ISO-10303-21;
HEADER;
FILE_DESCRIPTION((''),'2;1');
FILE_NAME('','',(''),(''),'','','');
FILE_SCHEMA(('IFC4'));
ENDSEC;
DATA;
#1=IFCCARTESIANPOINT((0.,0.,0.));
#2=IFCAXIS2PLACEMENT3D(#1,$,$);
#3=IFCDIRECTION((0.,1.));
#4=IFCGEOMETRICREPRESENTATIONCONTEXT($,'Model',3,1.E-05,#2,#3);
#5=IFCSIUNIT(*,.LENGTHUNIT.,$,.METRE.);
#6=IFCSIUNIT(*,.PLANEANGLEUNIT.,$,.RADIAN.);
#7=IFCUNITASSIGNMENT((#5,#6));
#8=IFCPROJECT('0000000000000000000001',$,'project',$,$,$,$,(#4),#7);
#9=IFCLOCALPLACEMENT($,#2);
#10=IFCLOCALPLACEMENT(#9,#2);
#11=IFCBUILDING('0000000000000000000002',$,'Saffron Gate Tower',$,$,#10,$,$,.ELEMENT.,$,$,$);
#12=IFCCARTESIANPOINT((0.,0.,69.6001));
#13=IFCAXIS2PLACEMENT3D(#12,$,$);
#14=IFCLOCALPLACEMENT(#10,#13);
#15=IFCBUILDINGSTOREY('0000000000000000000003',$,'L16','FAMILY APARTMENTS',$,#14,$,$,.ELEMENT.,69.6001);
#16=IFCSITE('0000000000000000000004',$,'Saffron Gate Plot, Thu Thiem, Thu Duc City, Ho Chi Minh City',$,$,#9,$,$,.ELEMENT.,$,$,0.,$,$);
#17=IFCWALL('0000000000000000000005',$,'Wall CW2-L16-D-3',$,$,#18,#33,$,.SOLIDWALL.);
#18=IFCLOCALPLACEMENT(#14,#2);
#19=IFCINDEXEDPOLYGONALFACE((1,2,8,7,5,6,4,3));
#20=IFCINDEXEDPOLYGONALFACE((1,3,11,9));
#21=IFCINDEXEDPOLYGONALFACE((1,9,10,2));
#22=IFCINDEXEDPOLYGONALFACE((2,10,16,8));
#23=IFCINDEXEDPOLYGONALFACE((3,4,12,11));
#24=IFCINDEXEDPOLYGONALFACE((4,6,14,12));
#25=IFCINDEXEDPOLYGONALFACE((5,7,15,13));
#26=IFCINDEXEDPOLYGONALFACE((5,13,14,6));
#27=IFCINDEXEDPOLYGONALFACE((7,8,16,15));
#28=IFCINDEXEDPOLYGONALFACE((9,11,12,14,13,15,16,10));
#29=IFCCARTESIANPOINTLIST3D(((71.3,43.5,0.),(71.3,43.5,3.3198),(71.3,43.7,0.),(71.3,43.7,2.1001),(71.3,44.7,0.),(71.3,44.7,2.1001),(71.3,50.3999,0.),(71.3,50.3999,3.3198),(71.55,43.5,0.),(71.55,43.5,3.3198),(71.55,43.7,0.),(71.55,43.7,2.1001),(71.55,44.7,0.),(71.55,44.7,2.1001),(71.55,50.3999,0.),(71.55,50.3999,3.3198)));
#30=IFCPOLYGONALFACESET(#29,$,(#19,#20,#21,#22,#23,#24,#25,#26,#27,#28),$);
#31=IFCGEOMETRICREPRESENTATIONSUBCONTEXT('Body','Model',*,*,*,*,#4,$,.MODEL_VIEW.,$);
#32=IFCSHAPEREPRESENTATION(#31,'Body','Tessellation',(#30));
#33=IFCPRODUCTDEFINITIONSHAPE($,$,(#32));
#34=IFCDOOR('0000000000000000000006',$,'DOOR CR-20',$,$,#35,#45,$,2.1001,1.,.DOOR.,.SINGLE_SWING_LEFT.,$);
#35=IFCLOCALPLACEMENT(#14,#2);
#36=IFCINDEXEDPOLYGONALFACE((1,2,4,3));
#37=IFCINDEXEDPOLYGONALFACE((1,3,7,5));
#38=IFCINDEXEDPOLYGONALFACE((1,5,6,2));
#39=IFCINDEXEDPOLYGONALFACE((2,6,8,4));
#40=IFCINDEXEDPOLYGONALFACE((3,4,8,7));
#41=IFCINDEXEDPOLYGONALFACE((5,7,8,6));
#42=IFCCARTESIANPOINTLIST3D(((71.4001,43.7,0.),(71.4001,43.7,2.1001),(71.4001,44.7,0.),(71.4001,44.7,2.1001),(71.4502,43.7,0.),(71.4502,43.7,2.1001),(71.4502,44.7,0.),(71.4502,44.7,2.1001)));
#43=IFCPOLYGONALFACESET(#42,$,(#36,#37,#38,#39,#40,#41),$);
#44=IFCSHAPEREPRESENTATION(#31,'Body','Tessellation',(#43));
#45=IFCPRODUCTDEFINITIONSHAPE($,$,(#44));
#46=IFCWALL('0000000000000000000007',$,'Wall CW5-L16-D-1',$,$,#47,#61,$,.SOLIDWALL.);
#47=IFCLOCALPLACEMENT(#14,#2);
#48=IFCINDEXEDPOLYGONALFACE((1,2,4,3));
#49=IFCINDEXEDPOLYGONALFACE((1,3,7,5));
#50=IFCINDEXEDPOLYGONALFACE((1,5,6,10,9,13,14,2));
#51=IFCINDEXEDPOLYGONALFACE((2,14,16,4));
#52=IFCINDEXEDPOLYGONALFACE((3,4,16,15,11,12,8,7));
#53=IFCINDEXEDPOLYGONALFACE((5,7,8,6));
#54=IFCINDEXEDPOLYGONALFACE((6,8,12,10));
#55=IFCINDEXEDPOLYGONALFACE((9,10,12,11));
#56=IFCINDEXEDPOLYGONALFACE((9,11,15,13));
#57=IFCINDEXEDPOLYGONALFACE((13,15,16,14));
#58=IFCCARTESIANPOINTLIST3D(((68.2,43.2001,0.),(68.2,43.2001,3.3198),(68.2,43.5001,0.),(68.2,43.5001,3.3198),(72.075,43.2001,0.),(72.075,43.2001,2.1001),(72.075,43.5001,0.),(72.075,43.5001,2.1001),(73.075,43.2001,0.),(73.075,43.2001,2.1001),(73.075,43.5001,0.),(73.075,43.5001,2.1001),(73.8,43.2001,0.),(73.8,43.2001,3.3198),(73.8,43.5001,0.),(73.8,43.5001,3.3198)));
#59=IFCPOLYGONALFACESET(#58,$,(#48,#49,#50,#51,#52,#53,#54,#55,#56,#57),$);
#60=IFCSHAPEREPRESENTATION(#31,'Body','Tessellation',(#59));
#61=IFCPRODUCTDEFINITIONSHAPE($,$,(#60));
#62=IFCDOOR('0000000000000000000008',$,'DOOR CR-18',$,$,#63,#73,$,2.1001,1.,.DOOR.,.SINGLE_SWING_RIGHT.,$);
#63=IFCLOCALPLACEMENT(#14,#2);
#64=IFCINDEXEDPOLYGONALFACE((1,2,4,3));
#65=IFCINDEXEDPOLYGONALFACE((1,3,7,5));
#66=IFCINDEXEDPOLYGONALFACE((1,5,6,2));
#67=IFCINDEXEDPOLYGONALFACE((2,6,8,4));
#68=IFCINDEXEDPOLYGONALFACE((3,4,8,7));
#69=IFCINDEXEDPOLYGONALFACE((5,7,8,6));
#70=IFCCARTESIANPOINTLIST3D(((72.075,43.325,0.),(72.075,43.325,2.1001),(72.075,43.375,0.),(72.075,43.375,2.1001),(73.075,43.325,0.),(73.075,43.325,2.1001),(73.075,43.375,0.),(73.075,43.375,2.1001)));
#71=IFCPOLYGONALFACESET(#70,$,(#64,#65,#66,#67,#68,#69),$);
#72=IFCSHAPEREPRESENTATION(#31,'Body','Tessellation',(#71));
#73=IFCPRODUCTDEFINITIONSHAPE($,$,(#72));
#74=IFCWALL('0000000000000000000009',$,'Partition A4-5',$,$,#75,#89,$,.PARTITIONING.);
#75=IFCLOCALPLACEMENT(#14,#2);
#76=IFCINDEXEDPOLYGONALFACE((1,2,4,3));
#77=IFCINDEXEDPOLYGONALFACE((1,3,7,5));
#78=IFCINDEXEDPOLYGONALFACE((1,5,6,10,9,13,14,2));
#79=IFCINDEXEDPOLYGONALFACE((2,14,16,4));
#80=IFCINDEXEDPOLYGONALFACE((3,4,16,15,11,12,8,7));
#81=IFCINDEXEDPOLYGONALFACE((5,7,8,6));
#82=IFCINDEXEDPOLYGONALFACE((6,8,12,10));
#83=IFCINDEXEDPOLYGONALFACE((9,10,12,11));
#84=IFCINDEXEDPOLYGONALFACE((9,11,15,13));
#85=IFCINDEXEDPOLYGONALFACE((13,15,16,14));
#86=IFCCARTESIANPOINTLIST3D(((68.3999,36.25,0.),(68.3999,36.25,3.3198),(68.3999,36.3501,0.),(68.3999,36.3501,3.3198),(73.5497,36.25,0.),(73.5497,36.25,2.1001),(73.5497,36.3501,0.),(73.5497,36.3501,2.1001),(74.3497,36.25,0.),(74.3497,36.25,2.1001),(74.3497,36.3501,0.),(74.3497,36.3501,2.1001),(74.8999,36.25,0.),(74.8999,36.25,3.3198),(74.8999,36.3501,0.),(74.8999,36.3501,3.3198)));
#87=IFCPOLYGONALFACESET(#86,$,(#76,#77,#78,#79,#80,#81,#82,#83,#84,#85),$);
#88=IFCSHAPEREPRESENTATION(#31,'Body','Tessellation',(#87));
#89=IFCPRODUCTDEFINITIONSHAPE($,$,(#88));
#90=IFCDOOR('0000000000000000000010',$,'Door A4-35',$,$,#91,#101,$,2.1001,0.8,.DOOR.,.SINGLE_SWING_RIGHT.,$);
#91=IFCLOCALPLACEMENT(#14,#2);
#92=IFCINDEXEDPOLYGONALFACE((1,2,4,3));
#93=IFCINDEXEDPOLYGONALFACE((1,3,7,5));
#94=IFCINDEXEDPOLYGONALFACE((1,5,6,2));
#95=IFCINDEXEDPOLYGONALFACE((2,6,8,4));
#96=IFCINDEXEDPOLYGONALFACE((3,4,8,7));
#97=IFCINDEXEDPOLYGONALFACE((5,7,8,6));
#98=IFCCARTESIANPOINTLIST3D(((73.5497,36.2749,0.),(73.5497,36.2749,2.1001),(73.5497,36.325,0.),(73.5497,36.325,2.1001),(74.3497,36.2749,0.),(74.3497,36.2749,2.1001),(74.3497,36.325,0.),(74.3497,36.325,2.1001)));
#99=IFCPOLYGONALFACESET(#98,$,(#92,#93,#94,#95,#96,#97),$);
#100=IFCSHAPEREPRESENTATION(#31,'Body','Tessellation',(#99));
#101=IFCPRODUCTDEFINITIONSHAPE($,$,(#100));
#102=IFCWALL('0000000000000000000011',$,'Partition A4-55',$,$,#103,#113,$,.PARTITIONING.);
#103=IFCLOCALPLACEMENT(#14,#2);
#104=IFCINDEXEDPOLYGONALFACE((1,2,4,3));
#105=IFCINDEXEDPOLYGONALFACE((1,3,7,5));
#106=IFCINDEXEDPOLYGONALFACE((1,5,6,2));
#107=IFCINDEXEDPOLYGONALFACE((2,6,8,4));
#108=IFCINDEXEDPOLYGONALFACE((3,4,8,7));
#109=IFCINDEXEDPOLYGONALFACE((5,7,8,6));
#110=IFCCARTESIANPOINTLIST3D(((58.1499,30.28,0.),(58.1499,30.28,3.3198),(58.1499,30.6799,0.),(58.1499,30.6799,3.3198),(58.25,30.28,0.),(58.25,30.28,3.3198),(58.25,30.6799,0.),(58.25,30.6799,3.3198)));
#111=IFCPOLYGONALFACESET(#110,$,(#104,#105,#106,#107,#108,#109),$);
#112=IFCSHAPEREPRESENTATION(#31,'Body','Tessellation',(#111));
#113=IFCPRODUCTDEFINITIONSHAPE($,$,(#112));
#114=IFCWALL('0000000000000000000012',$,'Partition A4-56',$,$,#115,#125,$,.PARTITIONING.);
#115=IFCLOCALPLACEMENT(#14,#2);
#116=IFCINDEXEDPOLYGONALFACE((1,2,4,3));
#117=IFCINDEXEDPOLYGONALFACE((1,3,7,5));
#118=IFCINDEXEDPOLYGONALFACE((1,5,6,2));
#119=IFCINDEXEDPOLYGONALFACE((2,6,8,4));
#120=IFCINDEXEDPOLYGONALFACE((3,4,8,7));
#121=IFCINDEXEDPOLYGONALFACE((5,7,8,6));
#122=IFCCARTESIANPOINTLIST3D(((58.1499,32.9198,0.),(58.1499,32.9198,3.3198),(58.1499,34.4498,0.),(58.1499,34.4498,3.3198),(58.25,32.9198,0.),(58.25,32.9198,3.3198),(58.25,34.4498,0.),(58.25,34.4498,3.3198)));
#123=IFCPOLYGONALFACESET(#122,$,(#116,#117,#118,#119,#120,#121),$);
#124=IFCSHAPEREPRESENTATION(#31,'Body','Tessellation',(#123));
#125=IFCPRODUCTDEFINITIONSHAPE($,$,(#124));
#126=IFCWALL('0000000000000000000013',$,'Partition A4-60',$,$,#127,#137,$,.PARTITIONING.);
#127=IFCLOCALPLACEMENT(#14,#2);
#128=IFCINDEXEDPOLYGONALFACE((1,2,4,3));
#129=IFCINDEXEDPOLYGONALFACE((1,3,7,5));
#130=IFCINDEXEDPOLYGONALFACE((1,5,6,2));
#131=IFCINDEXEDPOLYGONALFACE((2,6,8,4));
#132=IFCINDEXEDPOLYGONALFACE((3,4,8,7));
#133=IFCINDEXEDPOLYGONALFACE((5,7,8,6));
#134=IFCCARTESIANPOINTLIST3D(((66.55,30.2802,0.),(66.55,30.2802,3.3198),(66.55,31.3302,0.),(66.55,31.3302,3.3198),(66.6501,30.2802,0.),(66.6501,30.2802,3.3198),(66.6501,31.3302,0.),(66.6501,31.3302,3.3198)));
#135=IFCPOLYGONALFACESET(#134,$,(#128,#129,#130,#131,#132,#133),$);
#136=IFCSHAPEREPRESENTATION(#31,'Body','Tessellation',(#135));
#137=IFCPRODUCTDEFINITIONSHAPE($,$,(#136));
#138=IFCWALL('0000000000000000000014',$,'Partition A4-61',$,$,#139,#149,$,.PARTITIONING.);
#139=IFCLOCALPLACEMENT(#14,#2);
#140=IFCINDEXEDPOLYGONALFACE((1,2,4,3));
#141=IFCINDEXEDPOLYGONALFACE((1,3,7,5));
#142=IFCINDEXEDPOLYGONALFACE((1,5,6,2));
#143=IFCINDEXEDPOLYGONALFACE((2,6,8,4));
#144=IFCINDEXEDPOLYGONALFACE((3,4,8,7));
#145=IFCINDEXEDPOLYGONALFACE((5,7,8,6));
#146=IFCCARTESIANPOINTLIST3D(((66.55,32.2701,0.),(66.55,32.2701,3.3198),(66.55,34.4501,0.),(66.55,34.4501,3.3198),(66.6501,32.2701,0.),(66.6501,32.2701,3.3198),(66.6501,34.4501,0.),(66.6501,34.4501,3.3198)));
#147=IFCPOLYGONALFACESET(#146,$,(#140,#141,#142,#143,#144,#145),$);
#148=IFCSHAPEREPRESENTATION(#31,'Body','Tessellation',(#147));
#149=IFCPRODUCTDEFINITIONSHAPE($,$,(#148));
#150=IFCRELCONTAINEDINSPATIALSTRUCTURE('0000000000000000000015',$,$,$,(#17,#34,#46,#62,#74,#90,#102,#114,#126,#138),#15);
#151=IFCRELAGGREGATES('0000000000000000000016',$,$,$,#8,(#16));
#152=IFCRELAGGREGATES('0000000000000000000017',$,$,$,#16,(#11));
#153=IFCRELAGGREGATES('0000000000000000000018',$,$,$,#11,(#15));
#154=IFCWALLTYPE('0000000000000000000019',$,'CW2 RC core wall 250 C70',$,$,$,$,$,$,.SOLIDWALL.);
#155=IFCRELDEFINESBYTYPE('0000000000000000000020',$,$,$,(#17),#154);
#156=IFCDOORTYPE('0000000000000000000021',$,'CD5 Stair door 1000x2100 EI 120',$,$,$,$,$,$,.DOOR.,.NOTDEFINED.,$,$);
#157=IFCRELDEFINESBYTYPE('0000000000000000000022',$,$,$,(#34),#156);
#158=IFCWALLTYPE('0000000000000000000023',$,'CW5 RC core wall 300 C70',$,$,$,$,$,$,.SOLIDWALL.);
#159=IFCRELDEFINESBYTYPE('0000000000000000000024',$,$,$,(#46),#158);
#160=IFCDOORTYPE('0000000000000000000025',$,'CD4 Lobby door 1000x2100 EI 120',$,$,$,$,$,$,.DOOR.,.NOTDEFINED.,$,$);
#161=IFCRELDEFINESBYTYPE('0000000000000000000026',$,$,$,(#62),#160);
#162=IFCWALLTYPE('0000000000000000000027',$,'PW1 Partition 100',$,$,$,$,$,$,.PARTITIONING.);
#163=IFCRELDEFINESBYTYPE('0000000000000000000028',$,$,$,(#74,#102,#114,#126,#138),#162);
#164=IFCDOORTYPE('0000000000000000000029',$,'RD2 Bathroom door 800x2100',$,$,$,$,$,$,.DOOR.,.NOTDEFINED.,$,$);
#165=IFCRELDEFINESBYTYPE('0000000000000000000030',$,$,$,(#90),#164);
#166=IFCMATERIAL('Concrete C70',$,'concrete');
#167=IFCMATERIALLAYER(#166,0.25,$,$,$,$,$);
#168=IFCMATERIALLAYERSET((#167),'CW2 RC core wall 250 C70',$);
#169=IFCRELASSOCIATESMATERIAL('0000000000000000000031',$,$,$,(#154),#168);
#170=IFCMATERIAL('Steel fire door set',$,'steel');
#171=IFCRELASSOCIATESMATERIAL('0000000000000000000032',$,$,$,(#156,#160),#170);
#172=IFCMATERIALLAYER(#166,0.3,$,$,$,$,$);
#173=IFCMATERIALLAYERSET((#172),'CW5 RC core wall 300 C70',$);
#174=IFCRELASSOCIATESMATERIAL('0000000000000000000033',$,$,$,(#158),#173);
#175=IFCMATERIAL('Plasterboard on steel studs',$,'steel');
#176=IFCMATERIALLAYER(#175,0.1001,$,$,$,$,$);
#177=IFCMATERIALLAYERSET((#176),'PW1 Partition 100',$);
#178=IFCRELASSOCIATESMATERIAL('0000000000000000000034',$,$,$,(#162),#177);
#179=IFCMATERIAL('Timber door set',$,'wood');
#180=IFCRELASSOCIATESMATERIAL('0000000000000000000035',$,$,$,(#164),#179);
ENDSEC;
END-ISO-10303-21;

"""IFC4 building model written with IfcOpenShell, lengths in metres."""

from ifc_helpers import new_model, si_unit, direction, frame, frame_2d, origin, place, context, subcontext, project, spatial, rectangle, extrude, material, layer, layer_set, type_object, element, fill, save


model = new_model("IFC4")

# Units and contexts
model_context = context("Model", 3, precision=1e-05, world=origin(), true_north=direction((0.0, 1.0)))
body_context = subcontext(model_context, "Body", "Model", "MODEL_VIEW")
ifc_project = project(units=[si_unit("LENGTHUNIT", "METRE"), si_unit("PLANEANGLEUNIT", "RADIAN")], contexts=[model_context])

# Site, building, storey
site_placement = place(None, origin())
site = spatial("IfcSite", under=ifc_project, at=site_placement, Name="Saffron Gate Plot, Thu Thiem, Thu Duc City, Ho Chi Minh City", CompositionType="ELEMENT", RefElevation=0.0)
building_placement = place(site_placement, origin())
building = spatial("IfcBuilding", under=site, at=building_placement, Name="Saffron Gate Tower", CompositionType="ELEMENT")
storey_placement = place(building_placement, frame((0.0, 0.0, 69.6001)))
storey = spatial("IfcBuildingStorey", under=building, at=storey_placement, Name="L16", Description="FAMILY APARTMENTS", CompositionType="ELEMENT", Elevation=69.6001)

# Shared definitions
ifc_material_1 = material(Name="Concrete C70", Category="concrete")
ifc_layer_1 = layer(ifc_material_1, 0.25)
ifc_layer_set_1 = layer_set([ifc_layer_1], Name="CW2 RC core wall 250 C70")
wall_type_1 = type_object("IfcWallType", Name="CW2 RC core wall 250 C70", PredefinedType="SOLIDWALL", material=ifc_layer_set_1)

# Walls, openings, doors
wall_1_placement = place(storey_placement, frame((71.425, 43.5, 0.0), z_axis=(0.0, 0.0, 1.0), x_axis=(0.0, 1.0, 0.0)))
wall_1 = element("IfcWall", 1, at=wall_1_placement, inside=storey, type_object=wall_type_1, Name="Wall CW2-L16-D-3", PredefinedType="SOLIDWALL", context=body_context, shape_type="SweptSolid", body=[
    extrude(rectangle(XDim=6.8999, YDim=0.25, at=frame_2d((3.45, 0.0))), origin(), (0.0, 0.0, 1.0), 3.3198),
])
opening_1_placement = place(wall_1_placement, frame((0.2, 0.0, 0.0)))
opening_1 = element("IfcOpeningElement", 2, at=opening_1_placement, cuts=wall_1, PredefinedType="OPENING", context=body_context, shape_type="SweptSolid", body=[
    extrude(rectangle(XDim=1.0, YDim=2.1001, at=frame_2d((0.5, 1.05))), frame((0.0, 0.135, 0.0), z_axis=(0.0, -1.0, 0.0), x_axis=(1.0, 0.0, 0.0)), (0.0, 0.0, 1.0), 0.27),
])
ifc_material_2 = material(Name="Steel fire door set", Category="steel")
door_type_1 = type_object("IfcDoorType", Name="CD5 Stair door 1000x2100 EI 120", OperationType="NOTDEFINED", PredefinedType="DOOR", material=ifc_material_2)
door_1_placement = place(opening_1_placement, origin())
door_1 = element("IfcDoor", 3, at=door_1_placement, inside=storey, type_object=door_type_1, Name="DOOR CR-20", OperationType="SINGLE_SWING_LEFT", OverallHeight=2.1001, OverallWidth=1.0, PredefinedType="DOOR", context=body_context, shape_type="SweptSolid", body=[
    extrude(rectangle(XDim=1.0, YDim=2.1001, at=frame_2d((0.5, 1.05))), frame((0.0, 0.0249, 0.0), z_axis=(0.0, -1.0, 0.0), x_axis=(1.0, 0.0, 0.0)), (0.0, 0.0, 1.0), 0.05),
])
fill(opening_1, door_1)
ifc_layer_2 = layer(ifc_material_1, 0.3)
ifc_layer_set_2 = layer_set([ifc_layer_2], Name="CW5 RC core wall 300 C70")
wall_type_2 = type_object("IfcWallType", Name="CW5 RC core wall 300 C70", PredefinedType="SOLIDWALL", material=ifc_layer_set_2)
wall_2_placement = place(storey_placement, frame((68.2, 43.3501, 0.0), z_axis=(0.0, 0.0, 1.0), x_axis=(1.0, 0.0, 0.0)))
wall_2 = element("IfcWall", 4, at=wall_2_placement, inside=storey, type_object=wall_type_2, Name="Wall CW5-L16-D-1", PredefinedType="SOLIDWALL", context=body_context, shape_type="SweptSolid", body=[
    extrude(rectangle(XDim=5.6001, YDim=0.3, at=frame_2d((2.8, 0.0))), origin(), (0.0, 0.0, 1.0), 3.3198),
])
opening_2_placement = place(wall_2_placement, frame((3.875, 0.0, 0.0)))
opening_2 = element("IfcOpeningElement", 5, at=opening_2_placement, cuts=wall_2, PredefinedType="OPENING", context=body_context, shape_type="SweptSolid", body=[
    extrude(rectangle(XDim=1.0, YDim=2.1001, at=frame_2d((0.5, 1.05))), frame((0.0, 0.1602, 0.0), z_axis=(0.0, -1.0, 0.0), x_axis=(1.0, 0.0, 0.0)), (0.0, 0.0, 1.0), 0.3201),
])
door_type_2 = type_object("IfcDoorType", Name="CD4 Lobby door 1000x2100 EI 120", OperationType="NOTDEFINED", PredefinedType="DOOR", material=ifc_material_2)
door_2_placement = place(opening_2_placement, origin())
door_2 = element("IfcDoor", 6, at=door_2_placement, inside=storey, type_object=door_type_2, Name="DOOR CR-18", OperationType="SINGLE_SWING_RIGHT", OverallHeight=2.1001, OverallWidth=1.0, PredefinedType="DOOR", context=body_context, shape_type="SweptSolid", body=[
    extrude(rectangle(XDim=1.0, YDim=2.1001, at=frame_2d((0.5, 1.05))), frame((0.0, 0.0249, 0.0), z_axis=(0.0, -1.0, 0.0), x_axis=(1.0, 0.0, 0.0)), (0.0, 0.0, 1.0), 0.05),
])
fill(opening_2, door_2)
ifc_material_3 = material(Name="Plasterboard on steel studs", Category="steel")
ifc_layer_3 = layer(ifc_material_3, 0.1001)
ifc_layer_set_3 = layer_set([ifc_layer_3], Name="PW1 Partition 100")
wall_type_3 = type_object("IfcWallType", Name="PW1 Partition 100", PredefinedType="PARTITIONING", material=ifc_layer_set_3)
wall_3_placement = place(storey_placement, frame((68.3999, 36.3, 0.0), z_axis=(0.0, 0.0, 1.0), x_axis=(1.0, 0.0, 0.0)))
wall_3 = element("IfcWall", 7, at=wall_3_placement, inside=storey, type_object=wall_type_3, Name="Partition A4-5", PredefinedType="PARTITIONING", context=body_context, shape_type="SweptSolid", body=[
    extrude(rectangle(XDim=6.5, YDim=0.1001, at=frame_2d((3.25, 0.0))), origin(), (0.0, 0.0, 1.0), 3.3198),
])
opening_3_placement = place(wall_3_placement, frame((5.1499, 0.0, 0.0)))
opening_3 = element("IfcOpeningElement", 8, at=opening_3_placement, cuts=wall_3, PredefinedType="OPENING", context=body_context, shape_type="SweptSolid", body=[
    extrude(rectangle(XDim=0.8, YDim=2.1001, at=frame_2d((0.3999, 1.05))), frame((0.0, 0.0601, 0.0), z_axis=(0.0, -1.0, 0.0), x_axis=(1.0, 0.0, 0.0)), (0.0, 0.0, 1.0), 0.1201),
])
ifc_material_4 = material(Name="Timber door set", Category="wood")
door_type_3 = type_object("IfcDoorType", Name="RD2 Bathroom door 800x2100", OperationType="NOTDEFINED", PredefinedType="DOOR", material=ifc_material_4)
door_3_placement = place(opening_3_placement, origin())
door_3 = element("IfcDoor", 9, at=door_3_placement, inside=storey, type_object=door_type_3, Name="Door A4-35", OperationType="SINGLE_SWING_RIGHT", OverallHeight=2.1001, OverallWidth=0.8, PredefinedType="DOOR", context=body_context, shape_type="SweptSolid", body=[
    extrude(rectangle(XDim=0.8, YDim=2.1001, at=frame_2d((0.3999, 1.05))), frame((0.0, 0.0249, 0.0), z_axis=(0.0, -1.0, 0.0), x_axis=(1.0, 0.0, 0.0)), (0.0, 0.0, 1.0), 0.05),
])
fill(opening_3, door_3)

# Walls
wall_4_placement = place(storey_placement, frame((58.2, 30.6799, 0.0), z_axis=(0.0, 0.0, 1.0), x_axis=(0.0, -1.0, 0.0)))
element("IfcWall", 10, at=wall_4_placement, inside=storey, type_object=wall_type_3, Name="Partition A4-55", PredefinedType="PARTITIONING", context=body_context, shape_type="SweptSolid", body=[
    extrude(rectangle(XDim=0.3999, YDim=0.1001, at=frame_2d((0.2, 0.0))), origin(), (0.0, 0.0, 1.0), 3.3198),
])
wall_5_placement = place(storey_placement, frame((58.2, 34.45, 0.0), z_axis=(0.0, 0.0, 1.0), x_axis=(0.0, -1.0, 0.0)))
element("IfcWall", 11, at=wall_5_placement, inside=storey, type_object=wall_type_3, Name="Partition A4-56", PredefinedType="PARTITIONING", context=body_context, shape_type="SweptSolid", body=[
    extrude(rectangle(XDim=1.53, YDim=0.1001, at=frame_2d((0.7651, 0.0))), origin(), (0.0, 0.0, 1.0), 3.3198),
])
wall_6_placement = place(storey_placement, frame((66.6001, 31.3301, 0.0), z_axis=(0.0, 0.0, 1.0), x_axis=(0.0, -1.0, 0.0)))
element("IfcWall", 12, at=wall_6_placement, inside=storey, type_object=wall_type_3, Name="Partition A4-60", PredefinedType="PARTITIONING", context=body_context, shape_type="SweptSolid", body=[
    extrude(rectangle(XDim=1.05, YDim=0.1001, at=frame_2d((0.5249, 0.0))), origin(), (0.0, 0.0, 1.0), 3.3198),
])
wall_7_placement = place(storey_placement, frame((66.6001, 34.45, 0.0), z_axis=(0.0, 0.0, 1.0), x_axis=(0.0, -1.0, 0.0)))
element("IfcWall", 13, at=wall_7_placement, inside=storey, type_object=wall_type_3, Name="Partition A4-61", PredefinedType="PARTITIONING", context=body_context, shape_type="SweptSolid", body=[
    extrude(rectangle(XDim=2.1799, YDim=0.1001, at=frame_2d((1.0898, 0.0))), origin(), (0.0, 0.0, 1.0), 3.3198),
])

save(model, "model.ifc")
